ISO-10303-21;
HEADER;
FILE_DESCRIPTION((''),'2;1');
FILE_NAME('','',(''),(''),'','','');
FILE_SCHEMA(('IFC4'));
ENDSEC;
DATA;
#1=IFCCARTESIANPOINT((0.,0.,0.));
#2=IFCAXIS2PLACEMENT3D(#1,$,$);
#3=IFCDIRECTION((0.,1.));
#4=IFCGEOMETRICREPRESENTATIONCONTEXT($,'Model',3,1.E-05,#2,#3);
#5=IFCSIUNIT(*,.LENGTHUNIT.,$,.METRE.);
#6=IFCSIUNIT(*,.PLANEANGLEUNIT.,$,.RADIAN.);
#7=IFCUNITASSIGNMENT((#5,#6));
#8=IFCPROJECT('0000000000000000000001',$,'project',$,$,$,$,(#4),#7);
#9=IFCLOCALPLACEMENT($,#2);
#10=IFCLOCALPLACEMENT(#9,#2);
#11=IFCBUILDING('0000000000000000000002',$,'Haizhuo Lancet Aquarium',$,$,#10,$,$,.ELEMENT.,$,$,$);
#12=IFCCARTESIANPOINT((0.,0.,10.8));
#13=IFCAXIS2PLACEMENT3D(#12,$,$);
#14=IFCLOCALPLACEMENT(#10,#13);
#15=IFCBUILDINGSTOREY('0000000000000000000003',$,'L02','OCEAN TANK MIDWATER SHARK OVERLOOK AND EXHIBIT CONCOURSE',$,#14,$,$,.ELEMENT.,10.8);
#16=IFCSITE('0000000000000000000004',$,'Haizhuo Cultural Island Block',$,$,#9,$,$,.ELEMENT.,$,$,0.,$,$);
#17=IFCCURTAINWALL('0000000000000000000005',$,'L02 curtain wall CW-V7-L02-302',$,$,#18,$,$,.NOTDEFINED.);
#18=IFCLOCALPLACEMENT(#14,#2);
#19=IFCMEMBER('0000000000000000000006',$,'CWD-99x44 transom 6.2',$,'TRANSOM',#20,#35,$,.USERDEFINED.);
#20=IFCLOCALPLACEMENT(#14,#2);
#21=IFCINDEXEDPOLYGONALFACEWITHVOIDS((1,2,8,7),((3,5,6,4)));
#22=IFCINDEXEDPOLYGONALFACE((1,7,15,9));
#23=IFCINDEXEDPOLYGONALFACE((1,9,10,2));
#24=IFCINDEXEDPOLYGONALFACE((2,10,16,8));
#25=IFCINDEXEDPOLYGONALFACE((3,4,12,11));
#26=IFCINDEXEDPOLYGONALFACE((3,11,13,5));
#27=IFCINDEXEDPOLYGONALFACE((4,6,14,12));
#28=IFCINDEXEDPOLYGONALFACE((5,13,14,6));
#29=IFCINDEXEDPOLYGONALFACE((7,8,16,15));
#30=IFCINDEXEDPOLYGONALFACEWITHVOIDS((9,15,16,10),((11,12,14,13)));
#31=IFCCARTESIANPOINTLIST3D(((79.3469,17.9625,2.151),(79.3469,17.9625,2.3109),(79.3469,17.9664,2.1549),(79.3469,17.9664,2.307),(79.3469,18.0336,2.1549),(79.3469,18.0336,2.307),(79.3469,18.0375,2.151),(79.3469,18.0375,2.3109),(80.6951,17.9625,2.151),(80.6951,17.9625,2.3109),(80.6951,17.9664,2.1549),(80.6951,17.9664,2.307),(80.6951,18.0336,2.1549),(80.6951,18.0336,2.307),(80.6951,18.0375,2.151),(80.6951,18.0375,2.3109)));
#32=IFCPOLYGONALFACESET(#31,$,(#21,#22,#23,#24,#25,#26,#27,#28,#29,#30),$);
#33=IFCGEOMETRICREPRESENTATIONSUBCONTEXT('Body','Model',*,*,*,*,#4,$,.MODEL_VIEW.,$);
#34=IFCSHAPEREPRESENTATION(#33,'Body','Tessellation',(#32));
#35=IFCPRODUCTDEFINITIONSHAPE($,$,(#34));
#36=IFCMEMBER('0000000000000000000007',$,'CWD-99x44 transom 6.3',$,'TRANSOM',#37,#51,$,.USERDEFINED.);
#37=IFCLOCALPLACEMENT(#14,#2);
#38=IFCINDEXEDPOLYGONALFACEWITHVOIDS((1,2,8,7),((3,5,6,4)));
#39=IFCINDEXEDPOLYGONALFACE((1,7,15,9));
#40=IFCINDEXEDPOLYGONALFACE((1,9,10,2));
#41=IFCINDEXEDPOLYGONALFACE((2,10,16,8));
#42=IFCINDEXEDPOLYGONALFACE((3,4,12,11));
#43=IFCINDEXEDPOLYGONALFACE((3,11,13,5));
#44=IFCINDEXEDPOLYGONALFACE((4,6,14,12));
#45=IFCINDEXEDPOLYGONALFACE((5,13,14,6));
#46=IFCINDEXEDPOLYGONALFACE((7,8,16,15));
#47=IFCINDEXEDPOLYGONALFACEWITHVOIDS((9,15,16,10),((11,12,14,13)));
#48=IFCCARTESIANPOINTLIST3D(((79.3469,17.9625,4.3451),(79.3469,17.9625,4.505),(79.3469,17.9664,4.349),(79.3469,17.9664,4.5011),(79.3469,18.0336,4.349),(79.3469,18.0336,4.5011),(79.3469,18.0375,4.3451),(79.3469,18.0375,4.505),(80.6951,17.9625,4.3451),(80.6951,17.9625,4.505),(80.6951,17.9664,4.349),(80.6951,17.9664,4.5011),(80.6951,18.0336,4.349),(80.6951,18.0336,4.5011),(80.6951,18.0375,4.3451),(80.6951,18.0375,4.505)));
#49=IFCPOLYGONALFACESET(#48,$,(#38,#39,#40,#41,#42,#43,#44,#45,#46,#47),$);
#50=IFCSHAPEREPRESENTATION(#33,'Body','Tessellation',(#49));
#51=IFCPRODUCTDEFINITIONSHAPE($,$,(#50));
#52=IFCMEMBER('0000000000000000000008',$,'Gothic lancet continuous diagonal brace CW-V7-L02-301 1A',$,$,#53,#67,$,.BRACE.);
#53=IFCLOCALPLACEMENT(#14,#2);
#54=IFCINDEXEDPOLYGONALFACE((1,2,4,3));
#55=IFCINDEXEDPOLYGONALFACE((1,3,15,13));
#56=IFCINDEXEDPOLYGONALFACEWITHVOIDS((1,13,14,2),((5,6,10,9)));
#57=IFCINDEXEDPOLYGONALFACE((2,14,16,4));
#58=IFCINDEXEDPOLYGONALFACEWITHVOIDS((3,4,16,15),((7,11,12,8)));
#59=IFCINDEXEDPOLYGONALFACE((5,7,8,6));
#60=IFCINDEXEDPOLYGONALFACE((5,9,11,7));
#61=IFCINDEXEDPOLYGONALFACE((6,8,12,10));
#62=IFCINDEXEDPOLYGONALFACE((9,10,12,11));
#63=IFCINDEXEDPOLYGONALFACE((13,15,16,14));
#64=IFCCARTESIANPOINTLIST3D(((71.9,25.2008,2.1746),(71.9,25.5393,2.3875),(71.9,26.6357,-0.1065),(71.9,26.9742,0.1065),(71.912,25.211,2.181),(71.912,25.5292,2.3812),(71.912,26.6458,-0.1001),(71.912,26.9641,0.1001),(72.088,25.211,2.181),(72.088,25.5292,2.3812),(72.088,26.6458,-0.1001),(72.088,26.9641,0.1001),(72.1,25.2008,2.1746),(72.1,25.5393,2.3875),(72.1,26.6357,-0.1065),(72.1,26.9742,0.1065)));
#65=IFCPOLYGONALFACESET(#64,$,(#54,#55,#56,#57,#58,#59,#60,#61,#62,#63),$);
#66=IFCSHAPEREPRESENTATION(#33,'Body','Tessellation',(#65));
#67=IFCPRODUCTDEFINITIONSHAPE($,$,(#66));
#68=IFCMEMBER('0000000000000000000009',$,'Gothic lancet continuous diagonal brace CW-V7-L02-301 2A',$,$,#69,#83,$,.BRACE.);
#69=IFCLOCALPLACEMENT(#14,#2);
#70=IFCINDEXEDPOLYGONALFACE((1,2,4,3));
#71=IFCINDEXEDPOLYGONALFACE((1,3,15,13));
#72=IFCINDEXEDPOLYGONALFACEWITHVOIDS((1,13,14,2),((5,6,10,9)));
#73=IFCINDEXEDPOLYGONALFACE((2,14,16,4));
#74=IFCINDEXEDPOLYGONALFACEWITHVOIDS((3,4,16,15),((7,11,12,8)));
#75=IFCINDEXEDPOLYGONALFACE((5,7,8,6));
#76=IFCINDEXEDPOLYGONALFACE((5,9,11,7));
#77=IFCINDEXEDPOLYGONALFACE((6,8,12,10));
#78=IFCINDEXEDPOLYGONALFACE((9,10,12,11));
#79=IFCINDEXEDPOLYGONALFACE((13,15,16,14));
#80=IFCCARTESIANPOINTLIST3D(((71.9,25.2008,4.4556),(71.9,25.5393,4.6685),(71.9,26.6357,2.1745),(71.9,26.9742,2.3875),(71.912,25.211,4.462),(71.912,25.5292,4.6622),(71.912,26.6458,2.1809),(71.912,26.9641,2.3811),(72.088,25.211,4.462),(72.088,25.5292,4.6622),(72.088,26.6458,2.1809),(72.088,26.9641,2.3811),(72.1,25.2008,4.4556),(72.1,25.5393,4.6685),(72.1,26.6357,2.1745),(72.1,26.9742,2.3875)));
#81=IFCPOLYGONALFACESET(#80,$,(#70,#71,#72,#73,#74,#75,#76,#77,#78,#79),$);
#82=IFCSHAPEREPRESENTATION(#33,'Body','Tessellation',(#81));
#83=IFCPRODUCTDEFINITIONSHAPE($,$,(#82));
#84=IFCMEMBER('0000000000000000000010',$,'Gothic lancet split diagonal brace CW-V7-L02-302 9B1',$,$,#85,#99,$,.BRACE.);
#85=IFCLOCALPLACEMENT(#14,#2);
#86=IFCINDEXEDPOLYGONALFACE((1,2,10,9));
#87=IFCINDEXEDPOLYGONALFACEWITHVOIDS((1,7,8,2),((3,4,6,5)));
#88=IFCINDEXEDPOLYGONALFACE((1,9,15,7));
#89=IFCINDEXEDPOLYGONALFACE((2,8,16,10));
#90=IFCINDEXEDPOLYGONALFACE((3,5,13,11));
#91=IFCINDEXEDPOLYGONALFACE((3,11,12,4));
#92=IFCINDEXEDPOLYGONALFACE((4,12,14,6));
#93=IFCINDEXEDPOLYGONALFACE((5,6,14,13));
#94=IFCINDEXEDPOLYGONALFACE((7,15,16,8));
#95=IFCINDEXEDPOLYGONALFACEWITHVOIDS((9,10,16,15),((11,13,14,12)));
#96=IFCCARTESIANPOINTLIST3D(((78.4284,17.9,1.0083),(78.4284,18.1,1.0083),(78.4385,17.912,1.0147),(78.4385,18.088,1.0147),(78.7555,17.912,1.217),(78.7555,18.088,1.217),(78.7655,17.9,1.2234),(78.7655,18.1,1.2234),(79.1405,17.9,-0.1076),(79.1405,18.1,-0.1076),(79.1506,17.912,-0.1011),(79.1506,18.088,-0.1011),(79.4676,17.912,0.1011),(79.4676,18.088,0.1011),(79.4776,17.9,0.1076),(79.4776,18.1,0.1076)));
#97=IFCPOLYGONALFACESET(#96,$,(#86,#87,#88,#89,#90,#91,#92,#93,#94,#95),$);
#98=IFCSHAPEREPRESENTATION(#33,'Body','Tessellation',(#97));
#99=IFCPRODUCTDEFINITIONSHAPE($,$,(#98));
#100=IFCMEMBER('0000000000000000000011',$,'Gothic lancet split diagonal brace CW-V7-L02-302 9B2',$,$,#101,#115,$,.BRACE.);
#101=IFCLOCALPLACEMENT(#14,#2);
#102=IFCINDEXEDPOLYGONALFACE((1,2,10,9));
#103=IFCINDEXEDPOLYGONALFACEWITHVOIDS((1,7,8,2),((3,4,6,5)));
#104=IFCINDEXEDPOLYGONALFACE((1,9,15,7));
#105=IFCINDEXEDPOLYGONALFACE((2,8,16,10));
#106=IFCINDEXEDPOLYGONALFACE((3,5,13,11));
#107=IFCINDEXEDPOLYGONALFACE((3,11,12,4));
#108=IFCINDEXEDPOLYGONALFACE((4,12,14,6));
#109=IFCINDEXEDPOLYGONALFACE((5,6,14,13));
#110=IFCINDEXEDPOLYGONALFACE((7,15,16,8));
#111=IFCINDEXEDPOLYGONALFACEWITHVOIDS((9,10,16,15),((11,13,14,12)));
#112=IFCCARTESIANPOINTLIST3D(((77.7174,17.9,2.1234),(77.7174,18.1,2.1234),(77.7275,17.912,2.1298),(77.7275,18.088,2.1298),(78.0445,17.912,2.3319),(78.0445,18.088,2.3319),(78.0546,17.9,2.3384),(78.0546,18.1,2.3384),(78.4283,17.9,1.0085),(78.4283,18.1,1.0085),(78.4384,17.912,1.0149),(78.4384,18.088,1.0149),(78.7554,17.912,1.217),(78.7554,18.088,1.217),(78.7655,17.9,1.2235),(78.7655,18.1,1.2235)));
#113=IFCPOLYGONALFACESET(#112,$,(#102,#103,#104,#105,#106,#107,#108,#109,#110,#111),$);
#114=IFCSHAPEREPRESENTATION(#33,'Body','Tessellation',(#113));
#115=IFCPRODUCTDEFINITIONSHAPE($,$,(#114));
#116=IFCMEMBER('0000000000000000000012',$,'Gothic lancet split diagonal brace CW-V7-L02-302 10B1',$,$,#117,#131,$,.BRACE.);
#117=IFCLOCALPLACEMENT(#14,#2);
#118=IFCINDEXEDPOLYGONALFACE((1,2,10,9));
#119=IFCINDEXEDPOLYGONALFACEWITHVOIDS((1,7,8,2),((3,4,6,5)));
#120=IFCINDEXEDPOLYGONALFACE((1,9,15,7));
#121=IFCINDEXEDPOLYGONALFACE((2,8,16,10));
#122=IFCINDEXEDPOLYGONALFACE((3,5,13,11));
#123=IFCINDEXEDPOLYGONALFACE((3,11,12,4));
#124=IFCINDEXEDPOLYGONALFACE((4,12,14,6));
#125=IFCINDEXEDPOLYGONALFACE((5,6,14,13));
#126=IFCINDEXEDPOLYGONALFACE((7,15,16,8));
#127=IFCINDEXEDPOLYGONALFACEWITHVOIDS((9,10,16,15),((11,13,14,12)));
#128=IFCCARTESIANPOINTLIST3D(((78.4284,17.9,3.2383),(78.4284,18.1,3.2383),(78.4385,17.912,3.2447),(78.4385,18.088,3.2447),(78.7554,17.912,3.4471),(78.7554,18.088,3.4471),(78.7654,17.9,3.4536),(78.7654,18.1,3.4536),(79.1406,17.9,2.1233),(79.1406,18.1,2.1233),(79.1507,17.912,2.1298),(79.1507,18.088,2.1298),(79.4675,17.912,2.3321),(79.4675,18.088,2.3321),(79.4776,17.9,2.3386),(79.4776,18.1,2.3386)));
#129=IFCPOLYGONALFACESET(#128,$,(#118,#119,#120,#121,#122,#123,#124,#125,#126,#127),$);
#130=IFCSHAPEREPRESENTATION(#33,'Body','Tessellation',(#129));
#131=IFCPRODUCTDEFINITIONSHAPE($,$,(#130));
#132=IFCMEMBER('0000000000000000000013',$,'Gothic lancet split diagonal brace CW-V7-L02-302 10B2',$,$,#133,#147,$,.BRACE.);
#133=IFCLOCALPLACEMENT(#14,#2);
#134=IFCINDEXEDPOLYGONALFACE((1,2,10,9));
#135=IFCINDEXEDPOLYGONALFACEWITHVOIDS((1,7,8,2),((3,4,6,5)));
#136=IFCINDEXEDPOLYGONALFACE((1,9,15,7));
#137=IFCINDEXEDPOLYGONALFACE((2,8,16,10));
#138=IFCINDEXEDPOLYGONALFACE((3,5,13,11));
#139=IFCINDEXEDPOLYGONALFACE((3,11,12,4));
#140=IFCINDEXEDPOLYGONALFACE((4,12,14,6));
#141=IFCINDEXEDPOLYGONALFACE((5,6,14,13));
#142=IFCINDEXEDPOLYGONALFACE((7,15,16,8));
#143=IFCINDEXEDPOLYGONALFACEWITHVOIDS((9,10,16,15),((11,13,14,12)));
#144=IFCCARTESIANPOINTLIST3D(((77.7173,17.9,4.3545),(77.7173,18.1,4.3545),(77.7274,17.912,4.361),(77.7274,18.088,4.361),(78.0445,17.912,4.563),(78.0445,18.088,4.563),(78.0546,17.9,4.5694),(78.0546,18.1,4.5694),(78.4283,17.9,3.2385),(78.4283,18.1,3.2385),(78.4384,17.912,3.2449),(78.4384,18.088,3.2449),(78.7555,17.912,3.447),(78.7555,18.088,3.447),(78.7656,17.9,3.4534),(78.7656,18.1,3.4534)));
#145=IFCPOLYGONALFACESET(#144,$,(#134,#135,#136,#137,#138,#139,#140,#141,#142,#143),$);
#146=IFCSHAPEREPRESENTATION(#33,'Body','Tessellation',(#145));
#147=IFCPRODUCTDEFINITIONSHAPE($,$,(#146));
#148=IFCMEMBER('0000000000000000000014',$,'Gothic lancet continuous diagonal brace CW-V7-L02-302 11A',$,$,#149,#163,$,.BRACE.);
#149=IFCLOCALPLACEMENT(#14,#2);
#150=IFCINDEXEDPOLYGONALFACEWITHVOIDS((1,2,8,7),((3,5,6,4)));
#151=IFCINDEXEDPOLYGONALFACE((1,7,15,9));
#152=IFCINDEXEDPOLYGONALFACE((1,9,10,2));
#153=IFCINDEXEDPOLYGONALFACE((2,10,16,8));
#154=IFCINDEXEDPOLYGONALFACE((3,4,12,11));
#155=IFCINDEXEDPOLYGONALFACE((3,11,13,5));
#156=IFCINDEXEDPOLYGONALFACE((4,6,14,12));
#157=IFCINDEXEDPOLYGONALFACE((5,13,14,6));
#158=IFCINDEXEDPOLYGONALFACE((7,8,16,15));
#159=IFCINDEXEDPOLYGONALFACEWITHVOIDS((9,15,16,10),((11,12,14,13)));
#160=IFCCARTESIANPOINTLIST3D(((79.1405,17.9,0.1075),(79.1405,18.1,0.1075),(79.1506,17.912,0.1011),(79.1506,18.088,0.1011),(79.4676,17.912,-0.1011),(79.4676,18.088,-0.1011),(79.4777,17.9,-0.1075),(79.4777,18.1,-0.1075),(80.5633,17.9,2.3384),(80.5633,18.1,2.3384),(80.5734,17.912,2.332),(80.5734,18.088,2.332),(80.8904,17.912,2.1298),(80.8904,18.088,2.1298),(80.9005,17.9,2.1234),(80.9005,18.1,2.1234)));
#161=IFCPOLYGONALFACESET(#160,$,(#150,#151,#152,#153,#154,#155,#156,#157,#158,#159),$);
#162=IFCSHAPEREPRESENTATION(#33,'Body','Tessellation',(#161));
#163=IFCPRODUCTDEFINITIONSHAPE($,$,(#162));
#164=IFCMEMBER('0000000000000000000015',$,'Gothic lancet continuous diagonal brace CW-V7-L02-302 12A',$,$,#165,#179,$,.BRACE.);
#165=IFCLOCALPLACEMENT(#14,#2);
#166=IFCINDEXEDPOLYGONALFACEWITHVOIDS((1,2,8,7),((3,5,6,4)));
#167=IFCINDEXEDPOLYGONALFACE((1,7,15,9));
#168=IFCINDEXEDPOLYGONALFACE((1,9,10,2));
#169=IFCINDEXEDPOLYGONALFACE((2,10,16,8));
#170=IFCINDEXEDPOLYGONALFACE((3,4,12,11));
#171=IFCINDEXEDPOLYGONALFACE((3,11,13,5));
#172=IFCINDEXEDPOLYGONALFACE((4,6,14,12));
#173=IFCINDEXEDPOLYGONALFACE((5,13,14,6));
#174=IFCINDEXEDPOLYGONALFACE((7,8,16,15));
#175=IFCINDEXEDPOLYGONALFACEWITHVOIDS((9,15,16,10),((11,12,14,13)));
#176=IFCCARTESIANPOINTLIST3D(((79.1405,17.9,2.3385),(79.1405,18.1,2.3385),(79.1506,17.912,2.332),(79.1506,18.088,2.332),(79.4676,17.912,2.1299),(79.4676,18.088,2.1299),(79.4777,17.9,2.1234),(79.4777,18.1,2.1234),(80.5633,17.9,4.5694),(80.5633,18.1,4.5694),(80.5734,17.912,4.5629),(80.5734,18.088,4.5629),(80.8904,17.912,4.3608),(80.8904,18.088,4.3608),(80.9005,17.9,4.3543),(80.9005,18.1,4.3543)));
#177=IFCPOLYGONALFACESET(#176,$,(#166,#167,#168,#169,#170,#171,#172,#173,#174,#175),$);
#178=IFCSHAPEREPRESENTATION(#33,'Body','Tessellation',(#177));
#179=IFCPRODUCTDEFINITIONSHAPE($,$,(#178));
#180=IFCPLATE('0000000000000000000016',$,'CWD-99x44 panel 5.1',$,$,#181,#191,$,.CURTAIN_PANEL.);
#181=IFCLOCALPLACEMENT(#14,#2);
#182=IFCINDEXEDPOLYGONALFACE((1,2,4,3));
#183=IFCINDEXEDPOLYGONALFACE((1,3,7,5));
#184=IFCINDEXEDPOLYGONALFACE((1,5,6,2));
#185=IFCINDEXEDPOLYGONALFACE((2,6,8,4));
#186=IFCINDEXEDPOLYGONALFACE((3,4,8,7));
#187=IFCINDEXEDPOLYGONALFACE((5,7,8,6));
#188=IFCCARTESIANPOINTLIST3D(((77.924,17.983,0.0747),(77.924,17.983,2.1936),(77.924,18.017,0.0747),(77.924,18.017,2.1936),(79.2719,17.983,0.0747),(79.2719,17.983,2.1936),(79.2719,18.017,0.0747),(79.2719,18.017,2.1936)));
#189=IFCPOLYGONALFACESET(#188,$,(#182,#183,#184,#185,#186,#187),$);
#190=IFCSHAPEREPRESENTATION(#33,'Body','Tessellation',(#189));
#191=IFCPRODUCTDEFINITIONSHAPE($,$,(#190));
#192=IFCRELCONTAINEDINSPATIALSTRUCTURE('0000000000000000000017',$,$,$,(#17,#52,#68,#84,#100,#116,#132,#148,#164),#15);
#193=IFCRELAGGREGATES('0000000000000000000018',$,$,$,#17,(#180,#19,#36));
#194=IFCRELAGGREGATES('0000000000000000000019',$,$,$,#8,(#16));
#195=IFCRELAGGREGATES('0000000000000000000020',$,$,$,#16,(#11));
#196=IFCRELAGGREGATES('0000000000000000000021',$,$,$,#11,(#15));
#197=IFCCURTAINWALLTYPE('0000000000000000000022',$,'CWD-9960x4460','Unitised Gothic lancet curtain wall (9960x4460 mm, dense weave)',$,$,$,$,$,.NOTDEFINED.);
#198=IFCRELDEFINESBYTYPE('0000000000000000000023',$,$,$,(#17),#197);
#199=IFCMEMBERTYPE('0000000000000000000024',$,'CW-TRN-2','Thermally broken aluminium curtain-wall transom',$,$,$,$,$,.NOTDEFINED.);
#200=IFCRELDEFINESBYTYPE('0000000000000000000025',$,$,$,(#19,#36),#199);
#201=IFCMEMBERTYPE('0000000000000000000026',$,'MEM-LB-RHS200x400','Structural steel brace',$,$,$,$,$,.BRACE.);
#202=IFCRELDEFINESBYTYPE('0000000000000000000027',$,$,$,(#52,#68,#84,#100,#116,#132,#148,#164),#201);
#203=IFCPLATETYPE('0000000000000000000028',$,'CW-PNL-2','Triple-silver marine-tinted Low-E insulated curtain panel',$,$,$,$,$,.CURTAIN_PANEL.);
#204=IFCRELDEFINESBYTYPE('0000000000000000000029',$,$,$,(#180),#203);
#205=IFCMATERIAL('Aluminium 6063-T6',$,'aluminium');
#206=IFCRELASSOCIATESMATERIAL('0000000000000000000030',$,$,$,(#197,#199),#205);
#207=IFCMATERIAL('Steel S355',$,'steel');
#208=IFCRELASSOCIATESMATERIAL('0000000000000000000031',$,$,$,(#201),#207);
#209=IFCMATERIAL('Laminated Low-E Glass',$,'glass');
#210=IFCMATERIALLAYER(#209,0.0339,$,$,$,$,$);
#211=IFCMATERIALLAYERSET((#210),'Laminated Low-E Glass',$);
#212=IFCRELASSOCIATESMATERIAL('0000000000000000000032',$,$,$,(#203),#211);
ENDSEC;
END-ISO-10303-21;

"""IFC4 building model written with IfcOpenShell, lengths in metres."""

from ifc_helpers import new_model, si_unit, direction, frame, origin, origin_2d, place, context, subcontext, project, spatial, rectangle, hollow_rectangle, extrude, material, layer, layer_set, material_profile, profile_set, type_object, element, aggregate, save


model = new_model("IFC4")

# Units and contexts
model_context = context("Model", 3, precision=1e-05, world=origin(), true_north=direction((0.0, 1.0)))
body_context = subcontext(model_context, "Body", "Model", "MODEL_VIEW")
ifc_project = project(units=[si_unit("LENGTHUNIT", "METRE"), si_unit("PLANEANGLEUNIT", "RADIAN")], contexts=[model_context])

# Site, building, storey
site_placement = place(None, origin())
site = spatial("IfcSite", under=ifc_project, at=site_placement, Name="Haizhuo Cultural Island Block", CompositionType="ELEMENT", RefElevation=0.0)
building_placement = place(site_placement, origin())
building = spatial("IfcBuilding", under=site, at=building_placement, Name="Haizhuo Lancet Aquarium", CompositionType="ELEMENT")
storey_placement = place(building_placement, frame((0.0, 0.0, 10.8)))
storey = spatial("IfcBuildingStorey", under=building, at=storey_placement, Name="L02", Description="OCEAN TANK MIDWATER SHARK OVERLOOK AND EXHIBIT CONCOURSE", CompositionType="ELEMENT", Elevation=10.8)

# Shared definitions
ifc_material_1 = material(Name="Steel S355", Category="steel")

# Curtain wall
ifc_material_2 = material(Name="Aluminium 6063-T6", Category="aluminium")
curtain_wall_type_1 = type_object("IfcCurtainWallType", Name="CWD-9960x4460", Description="Unitised Gothic lancet curtain wall (9960x4460 mm, dense weave)", PredefinedType="NOTDEFINED", material=ifc_material_2)
curtain_wall_1_placement = place(storey_placement, origin())
curtain_wall_1 = element("IfcCurtainWall", 1, at=curtain_wall_1_placement, inside=storey, type_object=curtain_wall_type_1, Name="L02 curtain wall CW-V7-L02-302", PredefinedType="NOTDEFINED")

# Members
ifc_material_profile_1 = material_profile(ifc_material_2, hollow_rectangle(XDim=0.075, YDim=0.1599, WallThickness=0.0039, at=origin_2d()), Name="ALU-T 75x160x4")
ifc_profile_set_1 = profile_set([ifc_material_profile_1], Name="Aluminium 6063-T6")
member_type_1 = type_object("IfcMemberType", Name="CW-TRN-2", Description="Thermally broken aluminium curtain-wall transom", PredefinedType="NOTDEFINED", material=ifc_profile_set_1)
member_1_placement = place(storey_placement, frame((79.3469, 18.0, 2.231), z_axis=(1.0, 0.0, 0.0), x_axis=(0.0, 1.0, 0.0)))
member_1 = element("IfcMember", 2, at=member_1_placement, type_object=member_type_1, Name="CWD-99x44 transom 6.2", ObjectType="TRANSOM", PredefinedType="USERDEFINED", context=body_context, shape_type="SweptSolid", body=[
    extrude(hollow_rectangle(XDim=0.075, YDim=0.1599, WallThickness=0.0039, at=origin_2d()), origin(), (0.0, 0.0, 1.0), 1.3481),
])
member_2_placement = place(storey_placement, frame((79.3469, 18.0, 4.425), z_axis=(1.0, 0.0, 0.0), x_axis=(0.0, 1.0, 0.0)))
member_2 = element("IfcMember", 3, at=member_2_placement, type_object=member_type_1, Name="CWD-99x44 transom 6.3", ObjectType="TRANSOM", PredefinedType="USERDEFINED", context=body_context, shape_type="SweptSolid", body=[
    extrude(hollow_rectangle(XDim=0.075, YDim=0.1599, WallThickness=0.0039, at=origin_2d()), origin(), (0.0, 0.0, 1.0), 1.3481),
])

# Members
ifc_material_profile_2 = material_profile(ifc_material_1, hollow_rectangle(XDim=0.2, YDim=0.3999, WallThickness=0.012, at=origin_2d()), Name="RHS 200x400x12")
ifc_profile_set_2 = profile_set([ifc_material_profile_2], Name="Steel S355")
member_type_2 = type_object("IfcMemberType", Name="MEM-LB-RHS200x400", Description="Structural steel brace", PredefinedType="BRACE", material=ifc_profile_set_2)
for number, where, z_axis, x_axis, name in (
    (4, (72.0, 26.8049, 0.0), (0.0, -0.532448, 0.846463), (1.0, 0.0, 0.0), "Gothic lancet continuous diagonal brace CW-V7-L02-301 1A"),
    (5, (72.0, 26.8049, 2.281), (0.0, -0.532448, 0.846463), (1.0, 0.0, 0.0), "Gothic lancet continuous diagonal brace CW-V7-L02-301 2A"),
):
    element("IfcMember", number, at=place(storey_placement, frame(where, z_axis=z_axis, x_axis=x_axis)), inside=storey, type_object=member_type_2, Name=name, PredefinedType="BRACE", context=body_context, shape_type="SweptSolid", body=[
        extrude(hollow_rectangle(XDim=0.2, YDim=0.3999, WallThickness=0.012, at=origin_2d()), origin(), (0.0, 0.0, 1.0), 2.6948),
    ])
member_3_placement = place(storey_placement, frame((79.3091, 18.0, 0.0), z_axis=(-0.537949, 0.0, 0.842977), x_axis=(0.0, -1.0, 0.0)))
element("IfcMember", 6, at=member_3_placement, inside=storey, type_object=member_type_2, Name="Gothic lancet split diagonal brace CW-V7-L02-302 9B1", PredefinedType="BRACE", context=body_context, shape_type="SweptSolid", body=[
    extrude(hollow_rectangle(XDim=0.2, YDim=0.3999, WallThickness=0.012, at=origin_2d()), origin(), (0.0, 0.0, 1.0), 1.3237),
])
member_4_placement = place(storey_placement, frame((78.5969, 18.0, 1.116), z_axis=(-0.537628, 0.0, 0.843182), x_axis=(0.0, -1.0, 0.0)))
element("IfcMember", 7, at=member_4_placement, inside=storey, type_object=member_type_2, Name="Gothic lancet split diagonal brace CW-V7-L02-302 9B2", PredefinedType="BRACE", context=body_context, shape_type="SweptSolid", body=[
    extrude(hollow_rectangle(XDim=0.2, YDim=0.3999, WallThickness=0.012, at=origin_2d()), origin(), (0.0, 0.0, 1.0), 1.3223),
])
member_5_placement = place(storey_placement, frame((79.3091, 18.0, 2.231), z_axis=(-0.538284, 0.0, 0.842764), x_axis=(0.0, -1.0, 0.0)))
element("IfcMember", 8, at=member_5_placement, inside=storey, type_object=member_type_2, Name="Gothic lancet split diagonal brace CW-V7-L02-302 10B1", PredefinedType="BRACE", context=body_context, shape_type="SweptSolid", body=[
    extrude(hollow_rectangle(XDim=0.2, YDim=0.3999, WallThickness=0.012, at=origin_2d()), origin(), (0.0, 0.0, 1.0), 1.323),
])
member_6_placement = place(storey_placement, frame((78.5969, 18.0, 3.3459), z_axis=(-0.537293, 0.0, 0.843395), x_axis=(0.0, -1.0, 0.0)))
element("IfcMember", 9, at=member_6_placement, inside=storey, type_object=member_type_2, Name="Gothic lancet split diagonal brace CW-V7-L02-302 10B2", PredefinedType="BRACE", context=body_context, shape_type="SweptSolid", body=[
    extrude(hollow_rectangle(XDim=0.2, YDim=0.3999, WallThickness=0.012, at=origin_2d()), origin(), (0.0, 0.0, 1.0), 1.3232),
])
for number, where, z_axis, x_axis, name in (
    (10, (79.3091, 18.0, 0.0), (0.537723, 0.0, 0.843122), (0.0, 1.0, 0.0), "Gothic lancet continuous diagonal brace CW-V7-L02-302 11A"),
    (11, (79.3091, 18.0, 2.231), (0.537723, 0.0, 0.843122), (0.0, 1.0, 0.0), "Gothic lancet continuous diagonal brace CW-V7-L02-302 12A"),
):
    element("IfcMember", number, at=place(storey_placement, frame(where, z_axis=z_axis, x_axis=x_axis)), inside=storey, type_object=member_type_2, Name=name, PredefinedType="BRACE", context=body_context, shape_type="SweptSolid", body=[
        extrude(hollow_rectangle(XDim=0.2, YDim=0.3999, WallThickness=0.012, at=origin_2d()), origin(), (0.0, 0.0, 1.0), 2.646),
    ])

# Plate
ifc_material_3 = material(Name="Laminated Low-E Glass", Category="glass")
ifc_layer = layer(ifc_material_3, 0.0339)
ifc_layer_set = layer_set([ifc_layer], Name="Laminated Low-E Glass")
plate_type = type_object("IfcPlateType", Name="CW-PNL-2", Description="Triple-silver marine-tinted Low-E insulated curtain panel", PredefinedType="CURTAIN_PANEL", material=ifc_layer_set)
plate_1_placement = place(storey_placement, frame((78.5979, 18.0, 0.0747), z_axis=(0.0, 0.0, 1.0), x_axis=(1.0, 0.0, 0.0)))
plate_1 = element("IfcPlate", 12, at=plate_1_placement, type_object=plate_type, Name="CWD-99x44 panel 5.1", PredefinedType="CURTAIN_PANEL", context=body_context, shape_type="SweptSolid", body=[
    extrude(rectangle(XDim=1.3479, YDim=0.0339, at=origin_2d()), origin(), (0.0, 0.0, 1.0), 2.1189),
])
aggregate(curtain_wall_1, [plate_1, member_1, member_2])

save(model, "model.ifc")
